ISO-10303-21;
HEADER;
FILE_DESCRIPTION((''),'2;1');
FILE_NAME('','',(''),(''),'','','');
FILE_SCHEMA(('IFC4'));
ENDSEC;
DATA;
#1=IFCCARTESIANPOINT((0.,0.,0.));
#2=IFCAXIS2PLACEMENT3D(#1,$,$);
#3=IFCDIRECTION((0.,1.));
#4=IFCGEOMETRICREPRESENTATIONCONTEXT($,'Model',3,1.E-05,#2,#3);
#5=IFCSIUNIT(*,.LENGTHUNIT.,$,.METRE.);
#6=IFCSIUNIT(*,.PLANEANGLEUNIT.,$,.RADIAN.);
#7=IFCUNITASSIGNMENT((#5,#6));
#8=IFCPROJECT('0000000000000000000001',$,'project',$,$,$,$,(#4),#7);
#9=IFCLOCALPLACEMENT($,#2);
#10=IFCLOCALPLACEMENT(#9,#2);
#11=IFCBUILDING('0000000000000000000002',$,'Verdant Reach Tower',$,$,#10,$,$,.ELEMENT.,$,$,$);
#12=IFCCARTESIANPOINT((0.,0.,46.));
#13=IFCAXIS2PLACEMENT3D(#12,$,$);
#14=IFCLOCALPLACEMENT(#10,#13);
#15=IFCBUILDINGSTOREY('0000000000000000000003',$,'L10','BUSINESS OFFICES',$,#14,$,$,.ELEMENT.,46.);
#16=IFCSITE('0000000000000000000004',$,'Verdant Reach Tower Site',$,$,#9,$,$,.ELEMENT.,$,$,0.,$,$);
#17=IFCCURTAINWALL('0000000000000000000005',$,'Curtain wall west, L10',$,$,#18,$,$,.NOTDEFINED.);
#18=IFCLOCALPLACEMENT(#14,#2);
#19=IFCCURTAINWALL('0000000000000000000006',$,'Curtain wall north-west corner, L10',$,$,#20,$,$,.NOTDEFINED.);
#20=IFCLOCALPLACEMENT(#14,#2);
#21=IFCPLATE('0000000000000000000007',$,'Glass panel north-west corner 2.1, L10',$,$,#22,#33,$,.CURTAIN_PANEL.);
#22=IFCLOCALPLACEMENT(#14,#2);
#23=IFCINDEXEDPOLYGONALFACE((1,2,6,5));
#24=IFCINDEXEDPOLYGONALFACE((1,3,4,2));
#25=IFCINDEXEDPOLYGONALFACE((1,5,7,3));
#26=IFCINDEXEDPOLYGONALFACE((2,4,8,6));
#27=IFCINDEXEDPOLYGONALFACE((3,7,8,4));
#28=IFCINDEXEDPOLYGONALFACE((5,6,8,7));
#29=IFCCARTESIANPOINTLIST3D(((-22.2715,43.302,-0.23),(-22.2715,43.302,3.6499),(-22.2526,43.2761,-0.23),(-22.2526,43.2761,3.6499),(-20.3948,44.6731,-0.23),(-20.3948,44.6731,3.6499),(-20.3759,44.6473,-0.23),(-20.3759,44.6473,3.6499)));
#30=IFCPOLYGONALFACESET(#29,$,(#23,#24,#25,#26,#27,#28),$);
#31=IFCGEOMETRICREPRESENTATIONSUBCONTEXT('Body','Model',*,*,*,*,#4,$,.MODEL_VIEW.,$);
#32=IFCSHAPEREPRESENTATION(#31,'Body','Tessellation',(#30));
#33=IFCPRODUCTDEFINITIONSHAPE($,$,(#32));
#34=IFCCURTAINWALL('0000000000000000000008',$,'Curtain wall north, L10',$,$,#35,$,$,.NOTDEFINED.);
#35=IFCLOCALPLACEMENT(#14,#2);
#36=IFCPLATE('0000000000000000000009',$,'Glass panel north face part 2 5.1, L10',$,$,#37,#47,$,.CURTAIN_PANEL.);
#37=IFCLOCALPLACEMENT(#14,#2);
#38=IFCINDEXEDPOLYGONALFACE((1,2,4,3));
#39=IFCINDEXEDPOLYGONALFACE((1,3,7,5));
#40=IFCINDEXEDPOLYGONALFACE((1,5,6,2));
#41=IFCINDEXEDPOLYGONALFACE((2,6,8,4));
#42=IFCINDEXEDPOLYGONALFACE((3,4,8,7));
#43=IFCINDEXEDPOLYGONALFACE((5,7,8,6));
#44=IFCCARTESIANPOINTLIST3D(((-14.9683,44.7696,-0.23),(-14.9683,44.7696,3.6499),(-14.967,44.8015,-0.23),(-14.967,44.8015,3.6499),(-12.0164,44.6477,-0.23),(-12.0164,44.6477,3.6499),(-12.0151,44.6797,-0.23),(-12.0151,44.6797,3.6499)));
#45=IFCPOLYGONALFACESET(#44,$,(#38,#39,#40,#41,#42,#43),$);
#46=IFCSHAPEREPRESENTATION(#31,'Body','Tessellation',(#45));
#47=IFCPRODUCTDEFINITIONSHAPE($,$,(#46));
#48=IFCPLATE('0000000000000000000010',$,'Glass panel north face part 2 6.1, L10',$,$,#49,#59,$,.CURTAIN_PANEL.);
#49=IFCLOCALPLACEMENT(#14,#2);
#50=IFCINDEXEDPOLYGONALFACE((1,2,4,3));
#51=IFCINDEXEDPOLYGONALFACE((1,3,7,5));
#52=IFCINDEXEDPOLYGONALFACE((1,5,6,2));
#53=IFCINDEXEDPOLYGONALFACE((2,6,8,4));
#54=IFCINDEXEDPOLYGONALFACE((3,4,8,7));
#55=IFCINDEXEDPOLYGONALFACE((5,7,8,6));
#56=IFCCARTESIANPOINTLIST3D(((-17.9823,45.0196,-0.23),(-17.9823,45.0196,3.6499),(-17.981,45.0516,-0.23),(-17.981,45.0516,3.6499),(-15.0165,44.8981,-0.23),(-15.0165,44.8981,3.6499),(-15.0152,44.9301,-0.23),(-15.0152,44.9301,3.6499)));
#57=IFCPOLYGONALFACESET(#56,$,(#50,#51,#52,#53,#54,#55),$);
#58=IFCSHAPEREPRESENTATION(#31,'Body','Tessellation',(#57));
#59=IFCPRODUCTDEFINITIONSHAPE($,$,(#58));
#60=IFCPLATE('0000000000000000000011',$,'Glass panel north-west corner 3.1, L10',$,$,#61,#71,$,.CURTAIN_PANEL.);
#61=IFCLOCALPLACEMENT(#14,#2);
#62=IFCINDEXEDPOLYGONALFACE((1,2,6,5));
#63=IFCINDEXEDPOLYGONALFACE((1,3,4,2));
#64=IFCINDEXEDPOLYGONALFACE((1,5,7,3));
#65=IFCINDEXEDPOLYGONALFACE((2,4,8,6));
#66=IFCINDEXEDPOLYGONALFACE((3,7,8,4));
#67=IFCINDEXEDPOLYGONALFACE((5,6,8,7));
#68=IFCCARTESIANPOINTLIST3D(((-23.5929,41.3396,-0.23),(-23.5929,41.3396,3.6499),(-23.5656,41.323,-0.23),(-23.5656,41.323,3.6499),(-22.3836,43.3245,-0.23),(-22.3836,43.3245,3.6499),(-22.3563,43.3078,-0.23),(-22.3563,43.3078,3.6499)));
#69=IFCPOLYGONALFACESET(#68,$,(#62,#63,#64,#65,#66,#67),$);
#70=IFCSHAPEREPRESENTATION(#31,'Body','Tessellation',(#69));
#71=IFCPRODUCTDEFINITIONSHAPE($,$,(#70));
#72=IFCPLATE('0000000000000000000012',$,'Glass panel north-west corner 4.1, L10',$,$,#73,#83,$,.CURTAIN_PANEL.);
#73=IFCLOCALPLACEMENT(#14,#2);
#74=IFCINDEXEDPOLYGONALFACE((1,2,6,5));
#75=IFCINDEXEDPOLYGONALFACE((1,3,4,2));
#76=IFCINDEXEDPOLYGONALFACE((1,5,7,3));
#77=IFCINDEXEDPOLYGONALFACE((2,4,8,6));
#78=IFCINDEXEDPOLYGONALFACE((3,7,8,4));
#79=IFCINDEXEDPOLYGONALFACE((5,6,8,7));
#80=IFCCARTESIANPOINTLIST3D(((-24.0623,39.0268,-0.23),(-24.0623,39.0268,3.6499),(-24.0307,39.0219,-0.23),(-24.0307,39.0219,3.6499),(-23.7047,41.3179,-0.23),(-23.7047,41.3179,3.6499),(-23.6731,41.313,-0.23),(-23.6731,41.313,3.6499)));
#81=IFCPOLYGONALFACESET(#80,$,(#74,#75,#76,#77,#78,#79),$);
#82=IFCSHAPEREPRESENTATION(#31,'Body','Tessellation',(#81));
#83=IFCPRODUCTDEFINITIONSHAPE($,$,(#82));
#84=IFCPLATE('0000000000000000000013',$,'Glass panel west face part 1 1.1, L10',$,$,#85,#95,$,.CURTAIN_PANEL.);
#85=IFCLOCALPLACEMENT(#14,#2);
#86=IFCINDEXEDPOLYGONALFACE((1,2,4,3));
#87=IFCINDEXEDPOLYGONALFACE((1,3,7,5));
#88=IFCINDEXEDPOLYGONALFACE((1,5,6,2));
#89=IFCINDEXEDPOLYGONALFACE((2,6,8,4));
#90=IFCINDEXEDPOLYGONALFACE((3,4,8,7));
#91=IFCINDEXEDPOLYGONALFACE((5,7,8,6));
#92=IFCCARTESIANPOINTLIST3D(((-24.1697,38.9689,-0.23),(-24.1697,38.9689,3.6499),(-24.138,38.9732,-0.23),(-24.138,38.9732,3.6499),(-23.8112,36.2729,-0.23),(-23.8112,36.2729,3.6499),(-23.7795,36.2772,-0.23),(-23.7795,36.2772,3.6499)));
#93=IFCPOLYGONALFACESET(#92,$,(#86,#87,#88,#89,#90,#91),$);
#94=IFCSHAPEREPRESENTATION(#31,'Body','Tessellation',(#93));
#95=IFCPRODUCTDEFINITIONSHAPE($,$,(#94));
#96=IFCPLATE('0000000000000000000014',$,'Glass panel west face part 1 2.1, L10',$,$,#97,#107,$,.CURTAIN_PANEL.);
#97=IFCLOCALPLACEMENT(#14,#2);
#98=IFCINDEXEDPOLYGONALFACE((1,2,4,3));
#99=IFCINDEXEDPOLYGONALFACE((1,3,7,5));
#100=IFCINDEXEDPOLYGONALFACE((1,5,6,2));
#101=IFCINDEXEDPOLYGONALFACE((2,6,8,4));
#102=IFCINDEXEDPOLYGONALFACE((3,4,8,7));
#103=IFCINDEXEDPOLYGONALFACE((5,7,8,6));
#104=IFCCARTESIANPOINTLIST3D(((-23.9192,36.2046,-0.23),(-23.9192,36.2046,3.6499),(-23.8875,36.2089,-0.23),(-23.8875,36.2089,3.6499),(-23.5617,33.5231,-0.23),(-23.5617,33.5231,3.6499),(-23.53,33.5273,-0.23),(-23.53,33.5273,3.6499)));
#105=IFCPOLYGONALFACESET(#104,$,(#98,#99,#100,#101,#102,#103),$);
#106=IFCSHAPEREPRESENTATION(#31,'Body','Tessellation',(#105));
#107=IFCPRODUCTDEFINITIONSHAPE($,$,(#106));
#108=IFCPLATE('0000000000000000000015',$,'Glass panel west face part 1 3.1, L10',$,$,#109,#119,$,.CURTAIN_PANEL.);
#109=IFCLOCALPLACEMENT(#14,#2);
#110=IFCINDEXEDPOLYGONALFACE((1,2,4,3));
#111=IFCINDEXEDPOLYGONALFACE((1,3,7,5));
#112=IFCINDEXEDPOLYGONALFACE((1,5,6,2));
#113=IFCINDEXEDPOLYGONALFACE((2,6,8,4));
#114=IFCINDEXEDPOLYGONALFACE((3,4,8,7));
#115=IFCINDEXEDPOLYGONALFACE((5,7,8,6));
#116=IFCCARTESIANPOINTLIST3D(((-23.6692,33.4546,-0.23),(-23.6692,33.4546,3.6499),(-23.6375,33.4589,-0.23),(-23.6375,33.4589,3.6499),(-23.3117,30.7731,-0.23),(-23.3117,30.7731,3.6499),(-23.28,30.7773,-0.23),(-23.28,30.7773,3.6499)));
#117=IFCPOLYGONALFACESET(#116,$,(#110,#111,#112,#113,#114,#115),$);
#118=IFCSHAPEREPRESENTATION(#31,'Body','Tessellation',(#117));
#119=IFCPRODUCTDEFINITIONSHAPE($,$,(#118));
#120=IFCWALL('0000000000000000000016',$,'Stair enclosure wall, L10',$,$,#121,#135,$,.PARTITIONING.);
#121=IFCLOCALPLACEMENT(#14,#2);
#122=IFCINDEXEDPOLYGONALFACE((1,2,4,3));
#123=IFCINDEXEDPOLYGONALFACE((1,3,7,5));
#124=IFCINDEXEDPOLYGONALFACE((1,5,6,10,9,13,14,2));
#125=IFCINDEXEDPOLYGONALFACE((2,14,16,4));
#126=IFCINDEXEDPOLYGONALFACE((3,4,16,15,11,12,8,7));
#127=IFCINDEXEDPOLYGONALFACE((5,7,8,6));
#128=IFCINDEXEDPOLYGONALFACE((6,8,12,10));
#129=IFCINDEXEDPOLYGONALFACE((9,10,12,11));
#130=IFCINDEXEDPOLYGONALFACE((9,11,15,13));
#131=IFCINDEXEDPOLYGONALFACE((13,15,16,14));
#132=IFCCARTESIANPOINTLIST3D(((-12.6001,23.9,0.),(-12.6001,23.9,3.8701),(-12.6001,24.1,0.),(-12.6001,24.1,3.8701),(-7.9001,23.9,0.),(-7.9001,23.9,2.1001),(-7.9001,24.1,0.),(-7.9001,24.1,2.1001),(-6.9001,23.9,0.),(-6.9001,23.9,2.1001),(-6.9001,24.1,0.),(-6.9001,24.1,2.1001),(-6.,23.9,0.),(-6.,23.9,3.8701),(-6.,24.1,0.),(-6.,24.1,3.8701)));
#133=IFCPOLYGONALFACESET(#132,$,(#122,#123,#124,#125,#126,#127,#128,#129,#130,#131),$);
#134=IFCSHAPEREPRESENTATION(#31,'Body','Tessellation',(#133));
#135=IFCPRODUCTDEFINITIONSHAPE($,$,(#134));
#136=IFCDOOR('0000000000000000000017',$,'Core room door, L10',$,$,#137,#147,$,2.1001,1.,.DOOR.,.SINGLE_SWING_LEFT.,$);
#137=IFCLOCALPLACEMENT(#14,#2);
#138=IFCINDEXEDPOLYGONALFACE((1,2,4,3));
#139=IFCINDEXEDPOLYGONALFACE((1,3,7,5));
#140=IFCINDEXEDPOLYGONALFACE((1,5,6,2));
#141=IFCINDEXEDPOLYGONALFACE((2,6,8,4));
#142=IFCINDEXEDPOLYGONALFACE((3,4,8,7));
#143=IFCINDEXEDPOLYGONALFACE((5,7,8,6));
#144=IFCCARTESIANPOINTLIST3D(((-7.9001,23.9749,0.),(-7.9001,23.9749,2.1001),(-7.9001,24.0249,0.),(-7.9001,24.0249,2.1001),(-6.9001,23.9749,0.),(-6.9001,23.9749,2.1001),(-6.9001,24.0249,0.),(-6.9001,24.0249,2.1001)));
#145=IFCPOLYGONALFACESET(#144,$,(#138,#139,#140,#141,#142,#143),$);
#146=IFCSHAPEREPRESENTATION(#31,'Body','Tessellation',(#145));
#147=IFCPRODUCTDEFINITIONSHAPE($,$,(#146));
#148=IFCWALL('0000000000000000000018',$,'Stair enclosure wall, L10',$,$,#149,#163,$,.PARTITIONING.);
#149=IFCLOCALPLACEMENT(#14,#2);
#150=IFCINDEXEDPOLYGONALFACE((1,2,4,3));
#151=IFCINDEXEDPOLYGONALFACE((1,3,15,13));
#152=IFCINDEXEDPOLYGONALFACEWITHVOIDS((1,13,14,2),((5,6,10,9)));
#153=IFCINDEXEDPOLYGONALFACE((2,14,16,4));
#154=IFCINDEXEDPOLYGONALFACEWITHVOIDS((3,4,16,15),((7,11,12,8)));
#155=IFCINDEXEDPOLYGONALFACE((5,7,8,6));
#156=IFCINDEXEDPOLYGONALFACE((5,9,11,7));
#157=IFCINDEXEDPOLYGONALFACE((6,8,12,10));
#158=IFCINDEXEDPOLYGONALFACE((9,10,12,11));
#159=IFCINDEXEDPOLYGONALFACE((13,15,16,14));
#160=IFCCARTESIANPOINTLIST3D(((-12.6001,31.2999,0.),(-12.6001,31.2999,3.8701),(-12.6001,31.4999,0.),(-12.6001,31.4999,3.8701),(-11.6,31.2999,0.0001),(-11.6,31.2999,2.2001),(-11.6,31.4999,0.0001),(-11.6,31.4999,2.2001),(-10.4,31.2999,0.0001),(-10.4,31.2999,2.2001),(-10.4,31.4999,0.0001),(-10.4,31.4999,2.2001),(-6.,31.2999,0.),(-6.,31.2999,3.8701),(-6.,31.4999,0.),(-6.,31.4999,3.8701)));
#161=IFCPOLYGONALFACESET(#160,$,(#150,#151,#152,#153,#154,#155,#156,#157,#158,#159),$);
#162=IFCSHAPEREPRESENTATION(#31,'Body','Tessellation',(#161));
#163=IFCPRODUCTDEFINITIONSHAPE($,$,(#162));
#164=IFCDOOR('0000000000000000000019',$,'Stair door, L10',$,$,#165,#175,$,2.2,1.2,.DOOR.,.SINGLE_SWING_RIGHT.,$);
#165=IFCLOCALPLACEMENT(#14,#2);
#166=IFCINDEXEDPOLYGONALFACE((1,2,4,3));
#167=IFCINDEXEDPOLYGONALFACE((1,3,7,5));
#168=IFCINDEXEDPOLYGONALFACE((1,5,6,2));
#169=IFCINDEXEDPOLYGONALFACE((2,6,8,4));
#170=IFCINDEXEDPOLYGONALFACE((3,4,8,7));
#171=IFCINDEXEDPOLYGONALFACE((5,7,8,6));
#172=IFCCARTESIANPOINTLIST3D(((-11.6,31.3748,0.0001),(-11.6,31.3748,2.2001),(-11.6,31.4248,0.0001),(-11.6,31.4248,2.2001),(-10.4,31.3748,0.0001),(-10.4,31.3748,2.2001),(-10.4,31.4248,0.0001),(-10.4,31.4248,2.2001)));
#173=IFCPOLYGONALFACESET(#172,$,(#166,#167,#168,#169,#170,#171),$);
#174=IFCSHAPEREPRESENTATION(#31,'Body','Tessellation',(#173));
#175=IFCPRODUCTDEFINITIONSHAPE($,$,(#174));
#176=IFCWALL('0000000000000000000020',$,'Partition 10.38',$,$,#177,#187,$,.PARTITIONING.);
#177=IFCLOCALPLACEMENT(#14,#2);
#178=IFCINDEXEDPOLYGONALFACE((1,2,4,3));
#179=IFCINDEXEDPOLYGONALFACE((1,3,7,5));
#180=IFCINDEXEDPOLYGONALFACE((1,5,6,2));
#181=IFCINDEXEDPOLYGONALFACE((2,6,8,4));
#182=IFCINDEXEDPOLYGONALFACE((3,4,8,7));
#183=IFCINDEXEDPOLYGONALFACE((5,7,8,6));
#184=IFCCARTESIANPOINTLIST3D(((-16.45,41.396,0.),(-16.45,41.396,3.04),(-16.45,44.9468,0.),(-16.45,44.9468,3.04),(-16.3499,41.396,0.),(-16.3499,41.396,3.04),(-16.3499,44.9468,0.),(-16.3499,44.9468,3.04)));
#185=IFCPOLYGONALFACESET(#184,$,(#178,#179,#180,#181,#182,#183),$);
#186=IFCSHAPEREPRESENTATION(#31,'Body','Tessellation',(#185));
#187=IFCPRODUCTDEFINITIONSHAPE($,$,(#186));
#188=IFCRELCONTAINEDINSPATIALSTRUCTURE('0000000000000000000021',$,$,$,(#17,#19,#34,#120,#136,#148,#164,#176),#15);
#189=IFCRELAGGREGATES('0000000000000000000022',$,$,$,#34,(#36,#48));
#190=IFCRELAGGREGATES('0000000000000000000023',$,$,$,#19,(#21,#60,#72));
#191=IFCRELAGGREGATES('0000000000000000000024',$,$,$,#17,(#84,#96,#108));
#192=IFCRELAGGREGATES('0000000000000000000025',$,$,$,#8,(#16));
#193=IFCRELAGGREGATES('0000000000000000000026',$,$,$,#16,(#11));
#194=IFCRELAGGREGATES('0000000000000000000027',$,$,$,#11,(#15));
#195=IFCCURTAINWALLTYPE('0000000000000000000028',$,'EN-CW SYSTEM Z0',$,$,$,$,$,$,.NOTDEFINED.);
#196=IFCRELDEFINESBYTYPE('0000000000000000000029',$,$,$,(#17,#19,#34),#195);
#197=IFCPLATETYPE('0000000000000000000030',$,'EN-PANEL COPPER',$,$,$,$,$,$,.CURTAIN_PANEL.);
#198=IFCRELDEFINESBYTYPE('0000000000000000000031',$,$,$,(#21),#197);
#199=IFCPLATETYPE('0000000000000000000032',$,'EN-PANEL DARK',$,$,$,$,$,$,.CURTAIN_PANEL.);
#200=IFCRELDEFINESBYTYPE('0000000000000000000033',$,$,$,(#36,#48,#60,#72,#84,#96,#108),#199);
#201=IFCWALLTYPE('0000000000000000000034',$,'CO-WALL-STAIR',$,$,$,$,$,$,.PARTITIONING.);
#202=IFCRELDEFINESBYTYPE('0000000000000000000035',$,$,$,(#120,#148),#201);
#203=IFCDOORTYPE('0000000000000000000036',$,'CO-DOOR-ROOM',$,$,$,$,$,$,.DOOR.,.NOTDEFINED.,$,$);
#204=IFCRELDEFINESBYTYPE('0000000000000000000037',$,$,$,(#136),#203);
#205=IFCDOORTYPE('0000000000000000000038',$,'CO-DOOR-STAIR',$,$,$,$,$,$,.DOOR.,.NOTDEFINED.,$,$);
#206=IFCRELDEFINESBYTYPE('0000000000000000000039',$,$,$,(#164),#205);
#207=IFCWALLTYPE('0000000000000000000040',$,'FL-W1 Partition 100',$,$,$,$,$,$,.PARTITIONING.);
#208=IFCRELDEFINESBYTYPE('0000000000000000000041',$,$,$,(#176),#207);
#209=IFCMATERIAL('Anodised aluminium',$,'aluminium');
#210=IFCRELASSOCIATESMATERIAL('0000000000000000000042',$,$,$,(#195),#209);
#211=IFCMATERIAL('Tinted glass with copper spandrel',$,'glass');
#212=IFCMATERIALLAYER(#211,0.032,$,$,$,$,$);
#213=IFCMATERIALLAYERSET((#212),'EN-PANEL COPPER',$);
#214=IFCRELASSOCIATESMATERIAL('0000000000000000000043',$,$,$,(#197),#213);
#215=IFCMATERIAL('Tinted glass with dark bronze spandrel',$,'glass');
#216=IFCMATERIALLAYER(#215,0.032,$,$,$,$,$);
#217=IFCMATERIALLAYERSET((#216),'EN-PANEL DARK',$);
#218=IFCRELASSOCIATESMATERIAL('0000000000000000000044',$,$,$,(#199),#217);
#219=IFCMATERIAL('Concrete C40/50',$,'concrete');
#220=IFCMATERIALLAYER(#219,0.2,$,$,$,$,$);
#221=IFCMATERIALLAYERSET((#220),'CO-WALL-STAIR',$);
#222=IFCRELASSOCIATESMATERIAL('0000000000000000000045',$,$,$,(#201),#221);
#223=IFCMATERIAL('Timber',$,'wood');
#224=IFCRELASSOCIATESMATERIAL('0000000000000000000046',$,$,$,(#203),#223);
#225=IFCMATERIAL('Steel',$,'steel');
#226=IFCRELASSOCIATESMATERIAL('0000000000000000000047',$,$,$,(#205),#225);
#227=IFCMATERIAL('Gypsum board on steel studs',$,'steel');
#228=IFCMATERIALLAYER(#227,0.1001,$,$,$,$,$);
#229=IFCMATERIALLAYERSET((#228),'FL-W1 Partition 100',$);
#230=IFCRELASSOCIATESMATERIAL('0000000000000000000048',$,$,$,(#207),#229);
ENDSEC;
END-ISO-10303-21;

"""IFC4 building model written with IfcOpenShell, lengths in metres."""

from ifc_helpers import new_model, si_unit, direction, frame, frame_2d, origin, origin_2d, place, context, subcontext, project, spatial, rectangle, extrude, material, layer, layer_set, type_object, element, fill, aggregate, save


model = new_model("IFC4")

# Units and contexts
model_context = context("Model", 3, precision=1e-05, world=origin(), true_north=direction((0.0, 1.0)))
body_context = subcontext(model_context, "Body", "Model", "MODEL_VIEW")
ifc_project = project(units=[si_unit("LENGTHUNIT", "METRE"), si_unit("PLANEANGLEUNIT", "RADIAN")], contexts=[model_context])

# Site, building, storey
site_placement = place(None, origin())
site = spatial("IfcSite", under=ifc_project, at=site_placement, Name="Verdant Reach Tower Site", CompositionType="ELEMENT", RefElevation=0.0)
building_placement = place(site_placement, origin())
building = spatial("IfcBuilding", under=site, at=building_placement, Name="Verdant Reach Tower", CompositionType="ELEMENT")
storey_placement = place(building_placement, frame((0.0, 0.0, 46.0)))
storey = spatial("IfcBuildingStorey", under=building, at=storey_placement, Name="L10", Description="BUSINESS OFFICES", CompositionType="ELEMENT", Elevation=46.0)

# Curtain wall
ifc_material_1 = material(Name="Anodised aluminium", Category="aluminium")
curtain_wall_type = type_object("IfcCurtainWallType", Name="EN-CW SYSTEM Z0", PredefinedType="NOTDEFINED", material=ifc_material_1)
curtain_wall_1_placement = place(storey_placement, origin())
curtain_wall_1 = element("IfcCurtainWall", 1, at=curtain_wall_1_placement, inside=storey, type_object=curtain_wall_type, Name="Curtain wall west, L10", PredefinedType="NOTDEFINED")

# Curtain walls, plates
curtain_wall_2_placement = place(storey_placement, origin())
curtain_wall_2 = element("IfcCurtainWall", 2, at=curtain_wall_2_placement, inside=storey, type_object=curtain_wall_type, Name="Curtain wall north-west corner, L10", PredefinedType="NOTDEFINED")
ifc_material_2 = material(Name="Tinted glass with copper spandrel", Category="glass")
ifc_layer_1 = layer(ifc_material_2, 0.032)
ifc_layer_set_1 = layer_set([ifc_layer_1], Name="EN-PANEL COPPER")
plate_type_1 = type_object("IfcPlateType", Name="EN-PANEL COPPER", PredefinedType="CURTAIN_PANEL", material=ifc_layer_set_1)
plate_1_placement = place(storey_placement, frame((-21.3237, 43.9746, -0.23), z_axis=(0.0, 0.0, 1.0), x_axis=(-0.807457, -0.589927, 0.0)))
plate_1 = element("IfcPlate", 3, at=plate_1_placement, type_object=plate_type_1, Name="Glass panel north-west corner 2.1, L10", PredefinedType="CURTAIN_PANEL", context=body_context, shape_type="SweptSolid", body=[
    extrude(rectangle(XDim=2.3242, YDim=0.032, at=origin_2d()), origin(), (0.0, 0.0, 1.0), 3.8799),
])
curtain_wall_3_placement = place(storey_placement, origin())
curtain_wall_3 = element("IfcCurtainWall", 4, at=curtain_wall_3_placement, inside=storey, type_object=curtain_wall_type, Name="Curtain wall north, L10", PredefinedType="NOTDEFINED")
ifc_material_3 = material(Name="Tinted glass with dark bronze spandrel", Category="glass")
ifc_layer_2 = layer(ifc_material_3, 0.032)
ifc_layer_set_2 = layer_set([ifc_layer_2], Name="EN-PANEL DARK")
plate_type_2 = type_object("IfcPlateType", Name="EN-PANEL DARK", PredefinedType="CURTAIN_PANEL", material=ifc_layer_set_2)
plate_2_placement = place(storey_placement, frame((-13.4917, 44.7246, -0.23), z_axis=(0.0, 0.0, 1.0), x_axis=(-0.999149, 0.041242, 0.0)))
plate_2 = element("IfcPlate", 5, at=plate_2_placement, type_object=plate_type_2, Name="Glass panel north face part 2 5.1, L10", PredefinedType="CURTAIN_PANEL", context=body_context, shape_type="SweptSolid", body=[
    extrude(rectangle(XDim=2.9543, YDim=0.032, at=origin_2d()), origin(), (0.0, 0.0, 1.0), 3.8799),
])
plate_3_placement = place(storey_placement, frame((-16.4988, 44.9749, -0.23), z_axis=(0.0, 0.0, 1.0), x_axis=(-0.999162, 0.04092, 0.0)))
plate_3 = element("IfcPlate", 6, at=plate_3_placement, type_object=plate_type_2, Name="Glass panel north face part 2 6.1, L10", PredefinedType="CURTAIN_PANEL", context=body_context, shape_type="SweptSolid", body=[
    extrude(rectangle(XDim=2.9683, YDim=0.032, at=origin_2d()), origin(), (0.0, 0.0, 1.0), 3.8799),
])
aggregate(curtain_wall_3, [plate_2, plate_3])

# Plates
plate_4_placement = place(storey_placement, frame((-22.9746, 42.3237, -0.23), z_axis=(0.0, 0.0, 1.0), x_axis=(-0.520292, -0.853989, 0.0)))
plate_4 = element("IfcPlate", 7, at=plate_4_placement, type_object=plate_type_2, Name="Glass panel north-west corner 3.1, L10", PredefinedType="CURTAIN_PANEL", context=body_context, shape_type="SweptSolid", body=[
    extrude(rectangle(XDim=2.3242, YDim=0.032, at=origin_2d()), origin(), (0.0, 0.0, 1.0), 3.8799),
])
plate_5_placement = place(storey_placement, frame((-23.8677, 40.1699, -0.23), z_axis=(0.0, 0.0, 1.0), x_axis=(-0.154211, -0.988038, 0.0)))
plate_5 = element("IfcPlate", 8, at=plate_5_placement, type_object=plate_type_2, Name="Glass panel north-west corner 4.1, L10", PredefinedType="CURTAIN_PANEL", context=body_context, shape_type="SweptSolid", body=[
    extrude(rectangle(XDim=2.3188, YDim=0.032, at=origin_2d()), origin(), (0.0, 0.0, 1.0), 3.8799),
])
aggregate(curtain_wall_2, [plate_1, plate_4, plate_5])
plate_6_placement = place(storey_placement, frame((-23.9746, 37.623, -0.23), z_axis=(0.0, 0.0, 1.0), x_axis=(0.131793, -0.991277, 0.0)))
plate_6 = element("IfcPlate", 9, at=plate_6_placement, type_object=plate_type_2, Name="Glass panel west face part 1 1.1, L10", PredefinedType="CURTAIN_PANEL", context=body_context, shape_type="SweptSolid", body=[
    extrude(rectangle(XDim=2.7197, YDim=0.032, at=origin_2d()), origin(), (0.0, 0.0, 1.0), 3.8799),
])
plate_7_placement = place(storey_placement, frame((-23.7246, 34.866, -0.23), z_axis=(0.0, 0.0, 1.0), x_axis=(0.13216, -0.991228, 0.0)))
plate_7 = element("IfcPlate", 10, at=plate_7_placement, type_object=plate_type_2, Name="Glass panel west face part 1 2.1, L10", PredefinedType="CURTAIN_PANEL", context=body_context, shape_type="SweptSolid", body=[
    extrude(rectangle(XDim=2.7053, YDim=0.032, at=origin_2d()), origin(), (0.0, 0.0, 1.0), 3.8799),
])
plate_8_placement = place(storey_placement, frame((-23.4746, 32.116, -0.23), z_axis=(0.0, 0.0, 1.0), x_axis=(0.13216, -0.991228, 0.0)))
plate_8 = element("IfcPlate", 11, at=plate_8_placement, type_object=plate_type_2, Name="Glass panel west face part 1 3.1, L10", PredefinedType="CURTAIN_PANEL", context=body_context, shape_type="SweptSolid", body=[
    extrude(rectangle(XDim=2.7053, YDim=0.032, at=origin_2d()), origin(), (0.0, 0.0, 1.0), 3.8799),
])
aggregate(curtain_wall_1, [plate_6, plate_7, plate_8])

# Walls, openings, doors
ifc_material_4 = material(Name="Concrete C40/50", Category="concrete")
ifc_layer_3 = layer(ifc_material_4, 0.2)
ifc_layer_set_3 = layer_set([ifc_layer_3], Name="CO-WALL-STAIR")
wall_type_1 = type_object("IfcWallType", Name="CO-WALL-STAIR", PredefinedType="PARTITIONING", material=ifc_layer_set_3)
wall_1_placement = place(storey_placement, frame((-12.6001, 24.0, 0.0), z_axis=(0.0, 0.0, 1.0), x_axis=(1.0, 0.0, 0.0)))
wall_1 = element("IfcWall", 12, at=wall_1_placement, inside=storey, type_object=wall_type_1, Name="Stair enclosure wall, L10", PredefinedType="PARTITIONING", context=body_context, shape_type="SweptSolid", body=[
    extrude(rectangle(XDim=6.6001, YDim=0.2, at=frame_2d((3.3, 0.0))), origin(), (0.0, 0.0, 1.0), 3.8701),
])
opening_1_placement = place(wall_1_placement, frame((4.7, 0.0, 0.0)))
opening_1 = element("IfcOpeningElement", 13, at=opening_1_placement, cuts=wall_1, PredefinedType="OPENING", context=body_context, shape_type="SweptSolid", body=[
    extrude(rectangle(XDim=1.0, YDim=2.1001, at=frame_2d((0.5, 1.05))), frame((0.0, 0.1099, 0.0), z_axis=(0.0, -1.0, 0.0), x_axis=(1.0, 0.0, 0.0)), (0.0, 0.0, 1.0), 0.22),
])
ifc_material_5 = material(Name="Timber", Category="wood")
door_type_1 = type_object("IfcDoorType", Name="CO-DOOR-ROOM", OperationType="NOTDEFINED", PredefinedType="DOOR", material=ifc_material_5)
door_1_placement = place(opening_1_placement, origin())
door_1 = element("IfcDoor", 14, at=door_1_placement, inside=storey, type_object=door_type_1, Name="Core room door, L10", OperationType="SINGLE_SWING_LEFT", OverallHeight=2.1001, OverallWidth=1.0, PredefinedType="DOOR", context=body_context, shape_type="SweptSolid", body=[
    extrude(rectangle(XDim=1.0, YDim=2.1001, at=frame_2d((0.5, 1.05))), frame((0.0, 0.0249, 0.0), z_axis=(0.0, -1.0, 0.0), x_axis=(1.0, 0.0, 0.0)), (0.0, 0.0, 1.0), 0.05),
])
fill(opening_1, door_1)
wall_2_placement = place(storey_placement, frame((-12.6001, 31.3999, 0.0), z_axis=(0.0, 0.0, 1.0), x_axis=(1.0, 0.0, 0.0)))
wall_2 = element("IfcWall", 15, at=wall_2_placement, inside=storey, type_object=wall_type_1, Name="Stair enclosure wall, L10", PredefinedType="PARTITIONING", context=body_context, shape_type="SweptSolid", body=[
    extrude(rectangle(XDim=6.6001, YDim=0.2, at=frame_2d((3.3, 0.0))), origin(), (0.0, 0.0, 1.0), 3.8701),
])
opening_2_placement = place(wall_2_placement, frame((1.0, 0.0, 0.0)))
opening_2 = element("IfcOpeningElement", 16, at=opening_2_placement, cuts=wall_2, PredefinedType="OPENING", context=body_context, shape_type="SweptSolid", body=[
    extrude(rectangle(XDim=1.2, YDim=2.2, at=frame_2d((0.6001, 1.1001))), frame((0.0, 0.1099, 0.0), z_axis=(0.0, -1.0, 0.0), x_axis=(1.0, 0.0, 0.0)), (0.0, 0.0, 1.0), 0.22),
])
ifc_material_6 = material(Name="Steel", Category="steel")
door_type_2 = type_object("IfcDoorType", Name="CO-DOOR-STAIR", OperationType="NOTDEFINED", PredefinedType="DOOR", material=ifc_material_6)
door_2_placement = place(opening_2_placement, origin())
door_2 = element("IfcDoor", 17, at=door_2_placement, inside=storey, type_object=door_type_2, Name="Stair door, L10", OperationType="SINGLE_SWING_RIGHT", OverallHeight=2.2, OverallWidth=1.2, PredefinedType="DOOR", context=body_context, shape_type="SweptSolid", body=[
    extrude(rectangle(XDim=1.2, YDim=2.2, at=frame_2d((0.6001, 1.1001))), frame((0.0, 0.0249, 0.0), z_axis=(0.0, -1.0, 0.0), x_axis=(1.0, 0.0, 0.0)), (0.0, 0.0, 1.0), 0.05),
])
fill(opening_2, door_2)

# Wall
ifc_material_7 = material(Name="Gypsum board on steel studs", Category="steel")
ifc_layer_4 = layer(ifc_material_7, 0.1001)
ifc_layer_set_4 = layer_set([ifc_layer_4], Name="FL-W1 Partition 100")
wall_type_2 = type_object("IfcWallType", Name="FL-W1 Partition 100", PredefinedType="PARTITIONING", material=ifc_layer_set_4)
wall_3_placement = place(storey_placement, frame((-16.3999, 44.9468, 0.0), z_axis=(0.0, 0.0, 1.0), x_axis=(0.0, -1.0, 0.0)))
element("IfcWall", 18, at=wall_3_placement, inside=storey, type_object=wall_type_2, Name="Partition 10.38", PredefinedType="PARTITIONING", context=body_context, shape_type="SweptSolid", body=[
    extrude(rectangle(XDim=3.5508, YDim=0.1001, at=frame_2d((1.7754, 0.0))), origin(), (0.0, 0.0, 1.0), 3.04),
])

save(model, "model.ifc")
